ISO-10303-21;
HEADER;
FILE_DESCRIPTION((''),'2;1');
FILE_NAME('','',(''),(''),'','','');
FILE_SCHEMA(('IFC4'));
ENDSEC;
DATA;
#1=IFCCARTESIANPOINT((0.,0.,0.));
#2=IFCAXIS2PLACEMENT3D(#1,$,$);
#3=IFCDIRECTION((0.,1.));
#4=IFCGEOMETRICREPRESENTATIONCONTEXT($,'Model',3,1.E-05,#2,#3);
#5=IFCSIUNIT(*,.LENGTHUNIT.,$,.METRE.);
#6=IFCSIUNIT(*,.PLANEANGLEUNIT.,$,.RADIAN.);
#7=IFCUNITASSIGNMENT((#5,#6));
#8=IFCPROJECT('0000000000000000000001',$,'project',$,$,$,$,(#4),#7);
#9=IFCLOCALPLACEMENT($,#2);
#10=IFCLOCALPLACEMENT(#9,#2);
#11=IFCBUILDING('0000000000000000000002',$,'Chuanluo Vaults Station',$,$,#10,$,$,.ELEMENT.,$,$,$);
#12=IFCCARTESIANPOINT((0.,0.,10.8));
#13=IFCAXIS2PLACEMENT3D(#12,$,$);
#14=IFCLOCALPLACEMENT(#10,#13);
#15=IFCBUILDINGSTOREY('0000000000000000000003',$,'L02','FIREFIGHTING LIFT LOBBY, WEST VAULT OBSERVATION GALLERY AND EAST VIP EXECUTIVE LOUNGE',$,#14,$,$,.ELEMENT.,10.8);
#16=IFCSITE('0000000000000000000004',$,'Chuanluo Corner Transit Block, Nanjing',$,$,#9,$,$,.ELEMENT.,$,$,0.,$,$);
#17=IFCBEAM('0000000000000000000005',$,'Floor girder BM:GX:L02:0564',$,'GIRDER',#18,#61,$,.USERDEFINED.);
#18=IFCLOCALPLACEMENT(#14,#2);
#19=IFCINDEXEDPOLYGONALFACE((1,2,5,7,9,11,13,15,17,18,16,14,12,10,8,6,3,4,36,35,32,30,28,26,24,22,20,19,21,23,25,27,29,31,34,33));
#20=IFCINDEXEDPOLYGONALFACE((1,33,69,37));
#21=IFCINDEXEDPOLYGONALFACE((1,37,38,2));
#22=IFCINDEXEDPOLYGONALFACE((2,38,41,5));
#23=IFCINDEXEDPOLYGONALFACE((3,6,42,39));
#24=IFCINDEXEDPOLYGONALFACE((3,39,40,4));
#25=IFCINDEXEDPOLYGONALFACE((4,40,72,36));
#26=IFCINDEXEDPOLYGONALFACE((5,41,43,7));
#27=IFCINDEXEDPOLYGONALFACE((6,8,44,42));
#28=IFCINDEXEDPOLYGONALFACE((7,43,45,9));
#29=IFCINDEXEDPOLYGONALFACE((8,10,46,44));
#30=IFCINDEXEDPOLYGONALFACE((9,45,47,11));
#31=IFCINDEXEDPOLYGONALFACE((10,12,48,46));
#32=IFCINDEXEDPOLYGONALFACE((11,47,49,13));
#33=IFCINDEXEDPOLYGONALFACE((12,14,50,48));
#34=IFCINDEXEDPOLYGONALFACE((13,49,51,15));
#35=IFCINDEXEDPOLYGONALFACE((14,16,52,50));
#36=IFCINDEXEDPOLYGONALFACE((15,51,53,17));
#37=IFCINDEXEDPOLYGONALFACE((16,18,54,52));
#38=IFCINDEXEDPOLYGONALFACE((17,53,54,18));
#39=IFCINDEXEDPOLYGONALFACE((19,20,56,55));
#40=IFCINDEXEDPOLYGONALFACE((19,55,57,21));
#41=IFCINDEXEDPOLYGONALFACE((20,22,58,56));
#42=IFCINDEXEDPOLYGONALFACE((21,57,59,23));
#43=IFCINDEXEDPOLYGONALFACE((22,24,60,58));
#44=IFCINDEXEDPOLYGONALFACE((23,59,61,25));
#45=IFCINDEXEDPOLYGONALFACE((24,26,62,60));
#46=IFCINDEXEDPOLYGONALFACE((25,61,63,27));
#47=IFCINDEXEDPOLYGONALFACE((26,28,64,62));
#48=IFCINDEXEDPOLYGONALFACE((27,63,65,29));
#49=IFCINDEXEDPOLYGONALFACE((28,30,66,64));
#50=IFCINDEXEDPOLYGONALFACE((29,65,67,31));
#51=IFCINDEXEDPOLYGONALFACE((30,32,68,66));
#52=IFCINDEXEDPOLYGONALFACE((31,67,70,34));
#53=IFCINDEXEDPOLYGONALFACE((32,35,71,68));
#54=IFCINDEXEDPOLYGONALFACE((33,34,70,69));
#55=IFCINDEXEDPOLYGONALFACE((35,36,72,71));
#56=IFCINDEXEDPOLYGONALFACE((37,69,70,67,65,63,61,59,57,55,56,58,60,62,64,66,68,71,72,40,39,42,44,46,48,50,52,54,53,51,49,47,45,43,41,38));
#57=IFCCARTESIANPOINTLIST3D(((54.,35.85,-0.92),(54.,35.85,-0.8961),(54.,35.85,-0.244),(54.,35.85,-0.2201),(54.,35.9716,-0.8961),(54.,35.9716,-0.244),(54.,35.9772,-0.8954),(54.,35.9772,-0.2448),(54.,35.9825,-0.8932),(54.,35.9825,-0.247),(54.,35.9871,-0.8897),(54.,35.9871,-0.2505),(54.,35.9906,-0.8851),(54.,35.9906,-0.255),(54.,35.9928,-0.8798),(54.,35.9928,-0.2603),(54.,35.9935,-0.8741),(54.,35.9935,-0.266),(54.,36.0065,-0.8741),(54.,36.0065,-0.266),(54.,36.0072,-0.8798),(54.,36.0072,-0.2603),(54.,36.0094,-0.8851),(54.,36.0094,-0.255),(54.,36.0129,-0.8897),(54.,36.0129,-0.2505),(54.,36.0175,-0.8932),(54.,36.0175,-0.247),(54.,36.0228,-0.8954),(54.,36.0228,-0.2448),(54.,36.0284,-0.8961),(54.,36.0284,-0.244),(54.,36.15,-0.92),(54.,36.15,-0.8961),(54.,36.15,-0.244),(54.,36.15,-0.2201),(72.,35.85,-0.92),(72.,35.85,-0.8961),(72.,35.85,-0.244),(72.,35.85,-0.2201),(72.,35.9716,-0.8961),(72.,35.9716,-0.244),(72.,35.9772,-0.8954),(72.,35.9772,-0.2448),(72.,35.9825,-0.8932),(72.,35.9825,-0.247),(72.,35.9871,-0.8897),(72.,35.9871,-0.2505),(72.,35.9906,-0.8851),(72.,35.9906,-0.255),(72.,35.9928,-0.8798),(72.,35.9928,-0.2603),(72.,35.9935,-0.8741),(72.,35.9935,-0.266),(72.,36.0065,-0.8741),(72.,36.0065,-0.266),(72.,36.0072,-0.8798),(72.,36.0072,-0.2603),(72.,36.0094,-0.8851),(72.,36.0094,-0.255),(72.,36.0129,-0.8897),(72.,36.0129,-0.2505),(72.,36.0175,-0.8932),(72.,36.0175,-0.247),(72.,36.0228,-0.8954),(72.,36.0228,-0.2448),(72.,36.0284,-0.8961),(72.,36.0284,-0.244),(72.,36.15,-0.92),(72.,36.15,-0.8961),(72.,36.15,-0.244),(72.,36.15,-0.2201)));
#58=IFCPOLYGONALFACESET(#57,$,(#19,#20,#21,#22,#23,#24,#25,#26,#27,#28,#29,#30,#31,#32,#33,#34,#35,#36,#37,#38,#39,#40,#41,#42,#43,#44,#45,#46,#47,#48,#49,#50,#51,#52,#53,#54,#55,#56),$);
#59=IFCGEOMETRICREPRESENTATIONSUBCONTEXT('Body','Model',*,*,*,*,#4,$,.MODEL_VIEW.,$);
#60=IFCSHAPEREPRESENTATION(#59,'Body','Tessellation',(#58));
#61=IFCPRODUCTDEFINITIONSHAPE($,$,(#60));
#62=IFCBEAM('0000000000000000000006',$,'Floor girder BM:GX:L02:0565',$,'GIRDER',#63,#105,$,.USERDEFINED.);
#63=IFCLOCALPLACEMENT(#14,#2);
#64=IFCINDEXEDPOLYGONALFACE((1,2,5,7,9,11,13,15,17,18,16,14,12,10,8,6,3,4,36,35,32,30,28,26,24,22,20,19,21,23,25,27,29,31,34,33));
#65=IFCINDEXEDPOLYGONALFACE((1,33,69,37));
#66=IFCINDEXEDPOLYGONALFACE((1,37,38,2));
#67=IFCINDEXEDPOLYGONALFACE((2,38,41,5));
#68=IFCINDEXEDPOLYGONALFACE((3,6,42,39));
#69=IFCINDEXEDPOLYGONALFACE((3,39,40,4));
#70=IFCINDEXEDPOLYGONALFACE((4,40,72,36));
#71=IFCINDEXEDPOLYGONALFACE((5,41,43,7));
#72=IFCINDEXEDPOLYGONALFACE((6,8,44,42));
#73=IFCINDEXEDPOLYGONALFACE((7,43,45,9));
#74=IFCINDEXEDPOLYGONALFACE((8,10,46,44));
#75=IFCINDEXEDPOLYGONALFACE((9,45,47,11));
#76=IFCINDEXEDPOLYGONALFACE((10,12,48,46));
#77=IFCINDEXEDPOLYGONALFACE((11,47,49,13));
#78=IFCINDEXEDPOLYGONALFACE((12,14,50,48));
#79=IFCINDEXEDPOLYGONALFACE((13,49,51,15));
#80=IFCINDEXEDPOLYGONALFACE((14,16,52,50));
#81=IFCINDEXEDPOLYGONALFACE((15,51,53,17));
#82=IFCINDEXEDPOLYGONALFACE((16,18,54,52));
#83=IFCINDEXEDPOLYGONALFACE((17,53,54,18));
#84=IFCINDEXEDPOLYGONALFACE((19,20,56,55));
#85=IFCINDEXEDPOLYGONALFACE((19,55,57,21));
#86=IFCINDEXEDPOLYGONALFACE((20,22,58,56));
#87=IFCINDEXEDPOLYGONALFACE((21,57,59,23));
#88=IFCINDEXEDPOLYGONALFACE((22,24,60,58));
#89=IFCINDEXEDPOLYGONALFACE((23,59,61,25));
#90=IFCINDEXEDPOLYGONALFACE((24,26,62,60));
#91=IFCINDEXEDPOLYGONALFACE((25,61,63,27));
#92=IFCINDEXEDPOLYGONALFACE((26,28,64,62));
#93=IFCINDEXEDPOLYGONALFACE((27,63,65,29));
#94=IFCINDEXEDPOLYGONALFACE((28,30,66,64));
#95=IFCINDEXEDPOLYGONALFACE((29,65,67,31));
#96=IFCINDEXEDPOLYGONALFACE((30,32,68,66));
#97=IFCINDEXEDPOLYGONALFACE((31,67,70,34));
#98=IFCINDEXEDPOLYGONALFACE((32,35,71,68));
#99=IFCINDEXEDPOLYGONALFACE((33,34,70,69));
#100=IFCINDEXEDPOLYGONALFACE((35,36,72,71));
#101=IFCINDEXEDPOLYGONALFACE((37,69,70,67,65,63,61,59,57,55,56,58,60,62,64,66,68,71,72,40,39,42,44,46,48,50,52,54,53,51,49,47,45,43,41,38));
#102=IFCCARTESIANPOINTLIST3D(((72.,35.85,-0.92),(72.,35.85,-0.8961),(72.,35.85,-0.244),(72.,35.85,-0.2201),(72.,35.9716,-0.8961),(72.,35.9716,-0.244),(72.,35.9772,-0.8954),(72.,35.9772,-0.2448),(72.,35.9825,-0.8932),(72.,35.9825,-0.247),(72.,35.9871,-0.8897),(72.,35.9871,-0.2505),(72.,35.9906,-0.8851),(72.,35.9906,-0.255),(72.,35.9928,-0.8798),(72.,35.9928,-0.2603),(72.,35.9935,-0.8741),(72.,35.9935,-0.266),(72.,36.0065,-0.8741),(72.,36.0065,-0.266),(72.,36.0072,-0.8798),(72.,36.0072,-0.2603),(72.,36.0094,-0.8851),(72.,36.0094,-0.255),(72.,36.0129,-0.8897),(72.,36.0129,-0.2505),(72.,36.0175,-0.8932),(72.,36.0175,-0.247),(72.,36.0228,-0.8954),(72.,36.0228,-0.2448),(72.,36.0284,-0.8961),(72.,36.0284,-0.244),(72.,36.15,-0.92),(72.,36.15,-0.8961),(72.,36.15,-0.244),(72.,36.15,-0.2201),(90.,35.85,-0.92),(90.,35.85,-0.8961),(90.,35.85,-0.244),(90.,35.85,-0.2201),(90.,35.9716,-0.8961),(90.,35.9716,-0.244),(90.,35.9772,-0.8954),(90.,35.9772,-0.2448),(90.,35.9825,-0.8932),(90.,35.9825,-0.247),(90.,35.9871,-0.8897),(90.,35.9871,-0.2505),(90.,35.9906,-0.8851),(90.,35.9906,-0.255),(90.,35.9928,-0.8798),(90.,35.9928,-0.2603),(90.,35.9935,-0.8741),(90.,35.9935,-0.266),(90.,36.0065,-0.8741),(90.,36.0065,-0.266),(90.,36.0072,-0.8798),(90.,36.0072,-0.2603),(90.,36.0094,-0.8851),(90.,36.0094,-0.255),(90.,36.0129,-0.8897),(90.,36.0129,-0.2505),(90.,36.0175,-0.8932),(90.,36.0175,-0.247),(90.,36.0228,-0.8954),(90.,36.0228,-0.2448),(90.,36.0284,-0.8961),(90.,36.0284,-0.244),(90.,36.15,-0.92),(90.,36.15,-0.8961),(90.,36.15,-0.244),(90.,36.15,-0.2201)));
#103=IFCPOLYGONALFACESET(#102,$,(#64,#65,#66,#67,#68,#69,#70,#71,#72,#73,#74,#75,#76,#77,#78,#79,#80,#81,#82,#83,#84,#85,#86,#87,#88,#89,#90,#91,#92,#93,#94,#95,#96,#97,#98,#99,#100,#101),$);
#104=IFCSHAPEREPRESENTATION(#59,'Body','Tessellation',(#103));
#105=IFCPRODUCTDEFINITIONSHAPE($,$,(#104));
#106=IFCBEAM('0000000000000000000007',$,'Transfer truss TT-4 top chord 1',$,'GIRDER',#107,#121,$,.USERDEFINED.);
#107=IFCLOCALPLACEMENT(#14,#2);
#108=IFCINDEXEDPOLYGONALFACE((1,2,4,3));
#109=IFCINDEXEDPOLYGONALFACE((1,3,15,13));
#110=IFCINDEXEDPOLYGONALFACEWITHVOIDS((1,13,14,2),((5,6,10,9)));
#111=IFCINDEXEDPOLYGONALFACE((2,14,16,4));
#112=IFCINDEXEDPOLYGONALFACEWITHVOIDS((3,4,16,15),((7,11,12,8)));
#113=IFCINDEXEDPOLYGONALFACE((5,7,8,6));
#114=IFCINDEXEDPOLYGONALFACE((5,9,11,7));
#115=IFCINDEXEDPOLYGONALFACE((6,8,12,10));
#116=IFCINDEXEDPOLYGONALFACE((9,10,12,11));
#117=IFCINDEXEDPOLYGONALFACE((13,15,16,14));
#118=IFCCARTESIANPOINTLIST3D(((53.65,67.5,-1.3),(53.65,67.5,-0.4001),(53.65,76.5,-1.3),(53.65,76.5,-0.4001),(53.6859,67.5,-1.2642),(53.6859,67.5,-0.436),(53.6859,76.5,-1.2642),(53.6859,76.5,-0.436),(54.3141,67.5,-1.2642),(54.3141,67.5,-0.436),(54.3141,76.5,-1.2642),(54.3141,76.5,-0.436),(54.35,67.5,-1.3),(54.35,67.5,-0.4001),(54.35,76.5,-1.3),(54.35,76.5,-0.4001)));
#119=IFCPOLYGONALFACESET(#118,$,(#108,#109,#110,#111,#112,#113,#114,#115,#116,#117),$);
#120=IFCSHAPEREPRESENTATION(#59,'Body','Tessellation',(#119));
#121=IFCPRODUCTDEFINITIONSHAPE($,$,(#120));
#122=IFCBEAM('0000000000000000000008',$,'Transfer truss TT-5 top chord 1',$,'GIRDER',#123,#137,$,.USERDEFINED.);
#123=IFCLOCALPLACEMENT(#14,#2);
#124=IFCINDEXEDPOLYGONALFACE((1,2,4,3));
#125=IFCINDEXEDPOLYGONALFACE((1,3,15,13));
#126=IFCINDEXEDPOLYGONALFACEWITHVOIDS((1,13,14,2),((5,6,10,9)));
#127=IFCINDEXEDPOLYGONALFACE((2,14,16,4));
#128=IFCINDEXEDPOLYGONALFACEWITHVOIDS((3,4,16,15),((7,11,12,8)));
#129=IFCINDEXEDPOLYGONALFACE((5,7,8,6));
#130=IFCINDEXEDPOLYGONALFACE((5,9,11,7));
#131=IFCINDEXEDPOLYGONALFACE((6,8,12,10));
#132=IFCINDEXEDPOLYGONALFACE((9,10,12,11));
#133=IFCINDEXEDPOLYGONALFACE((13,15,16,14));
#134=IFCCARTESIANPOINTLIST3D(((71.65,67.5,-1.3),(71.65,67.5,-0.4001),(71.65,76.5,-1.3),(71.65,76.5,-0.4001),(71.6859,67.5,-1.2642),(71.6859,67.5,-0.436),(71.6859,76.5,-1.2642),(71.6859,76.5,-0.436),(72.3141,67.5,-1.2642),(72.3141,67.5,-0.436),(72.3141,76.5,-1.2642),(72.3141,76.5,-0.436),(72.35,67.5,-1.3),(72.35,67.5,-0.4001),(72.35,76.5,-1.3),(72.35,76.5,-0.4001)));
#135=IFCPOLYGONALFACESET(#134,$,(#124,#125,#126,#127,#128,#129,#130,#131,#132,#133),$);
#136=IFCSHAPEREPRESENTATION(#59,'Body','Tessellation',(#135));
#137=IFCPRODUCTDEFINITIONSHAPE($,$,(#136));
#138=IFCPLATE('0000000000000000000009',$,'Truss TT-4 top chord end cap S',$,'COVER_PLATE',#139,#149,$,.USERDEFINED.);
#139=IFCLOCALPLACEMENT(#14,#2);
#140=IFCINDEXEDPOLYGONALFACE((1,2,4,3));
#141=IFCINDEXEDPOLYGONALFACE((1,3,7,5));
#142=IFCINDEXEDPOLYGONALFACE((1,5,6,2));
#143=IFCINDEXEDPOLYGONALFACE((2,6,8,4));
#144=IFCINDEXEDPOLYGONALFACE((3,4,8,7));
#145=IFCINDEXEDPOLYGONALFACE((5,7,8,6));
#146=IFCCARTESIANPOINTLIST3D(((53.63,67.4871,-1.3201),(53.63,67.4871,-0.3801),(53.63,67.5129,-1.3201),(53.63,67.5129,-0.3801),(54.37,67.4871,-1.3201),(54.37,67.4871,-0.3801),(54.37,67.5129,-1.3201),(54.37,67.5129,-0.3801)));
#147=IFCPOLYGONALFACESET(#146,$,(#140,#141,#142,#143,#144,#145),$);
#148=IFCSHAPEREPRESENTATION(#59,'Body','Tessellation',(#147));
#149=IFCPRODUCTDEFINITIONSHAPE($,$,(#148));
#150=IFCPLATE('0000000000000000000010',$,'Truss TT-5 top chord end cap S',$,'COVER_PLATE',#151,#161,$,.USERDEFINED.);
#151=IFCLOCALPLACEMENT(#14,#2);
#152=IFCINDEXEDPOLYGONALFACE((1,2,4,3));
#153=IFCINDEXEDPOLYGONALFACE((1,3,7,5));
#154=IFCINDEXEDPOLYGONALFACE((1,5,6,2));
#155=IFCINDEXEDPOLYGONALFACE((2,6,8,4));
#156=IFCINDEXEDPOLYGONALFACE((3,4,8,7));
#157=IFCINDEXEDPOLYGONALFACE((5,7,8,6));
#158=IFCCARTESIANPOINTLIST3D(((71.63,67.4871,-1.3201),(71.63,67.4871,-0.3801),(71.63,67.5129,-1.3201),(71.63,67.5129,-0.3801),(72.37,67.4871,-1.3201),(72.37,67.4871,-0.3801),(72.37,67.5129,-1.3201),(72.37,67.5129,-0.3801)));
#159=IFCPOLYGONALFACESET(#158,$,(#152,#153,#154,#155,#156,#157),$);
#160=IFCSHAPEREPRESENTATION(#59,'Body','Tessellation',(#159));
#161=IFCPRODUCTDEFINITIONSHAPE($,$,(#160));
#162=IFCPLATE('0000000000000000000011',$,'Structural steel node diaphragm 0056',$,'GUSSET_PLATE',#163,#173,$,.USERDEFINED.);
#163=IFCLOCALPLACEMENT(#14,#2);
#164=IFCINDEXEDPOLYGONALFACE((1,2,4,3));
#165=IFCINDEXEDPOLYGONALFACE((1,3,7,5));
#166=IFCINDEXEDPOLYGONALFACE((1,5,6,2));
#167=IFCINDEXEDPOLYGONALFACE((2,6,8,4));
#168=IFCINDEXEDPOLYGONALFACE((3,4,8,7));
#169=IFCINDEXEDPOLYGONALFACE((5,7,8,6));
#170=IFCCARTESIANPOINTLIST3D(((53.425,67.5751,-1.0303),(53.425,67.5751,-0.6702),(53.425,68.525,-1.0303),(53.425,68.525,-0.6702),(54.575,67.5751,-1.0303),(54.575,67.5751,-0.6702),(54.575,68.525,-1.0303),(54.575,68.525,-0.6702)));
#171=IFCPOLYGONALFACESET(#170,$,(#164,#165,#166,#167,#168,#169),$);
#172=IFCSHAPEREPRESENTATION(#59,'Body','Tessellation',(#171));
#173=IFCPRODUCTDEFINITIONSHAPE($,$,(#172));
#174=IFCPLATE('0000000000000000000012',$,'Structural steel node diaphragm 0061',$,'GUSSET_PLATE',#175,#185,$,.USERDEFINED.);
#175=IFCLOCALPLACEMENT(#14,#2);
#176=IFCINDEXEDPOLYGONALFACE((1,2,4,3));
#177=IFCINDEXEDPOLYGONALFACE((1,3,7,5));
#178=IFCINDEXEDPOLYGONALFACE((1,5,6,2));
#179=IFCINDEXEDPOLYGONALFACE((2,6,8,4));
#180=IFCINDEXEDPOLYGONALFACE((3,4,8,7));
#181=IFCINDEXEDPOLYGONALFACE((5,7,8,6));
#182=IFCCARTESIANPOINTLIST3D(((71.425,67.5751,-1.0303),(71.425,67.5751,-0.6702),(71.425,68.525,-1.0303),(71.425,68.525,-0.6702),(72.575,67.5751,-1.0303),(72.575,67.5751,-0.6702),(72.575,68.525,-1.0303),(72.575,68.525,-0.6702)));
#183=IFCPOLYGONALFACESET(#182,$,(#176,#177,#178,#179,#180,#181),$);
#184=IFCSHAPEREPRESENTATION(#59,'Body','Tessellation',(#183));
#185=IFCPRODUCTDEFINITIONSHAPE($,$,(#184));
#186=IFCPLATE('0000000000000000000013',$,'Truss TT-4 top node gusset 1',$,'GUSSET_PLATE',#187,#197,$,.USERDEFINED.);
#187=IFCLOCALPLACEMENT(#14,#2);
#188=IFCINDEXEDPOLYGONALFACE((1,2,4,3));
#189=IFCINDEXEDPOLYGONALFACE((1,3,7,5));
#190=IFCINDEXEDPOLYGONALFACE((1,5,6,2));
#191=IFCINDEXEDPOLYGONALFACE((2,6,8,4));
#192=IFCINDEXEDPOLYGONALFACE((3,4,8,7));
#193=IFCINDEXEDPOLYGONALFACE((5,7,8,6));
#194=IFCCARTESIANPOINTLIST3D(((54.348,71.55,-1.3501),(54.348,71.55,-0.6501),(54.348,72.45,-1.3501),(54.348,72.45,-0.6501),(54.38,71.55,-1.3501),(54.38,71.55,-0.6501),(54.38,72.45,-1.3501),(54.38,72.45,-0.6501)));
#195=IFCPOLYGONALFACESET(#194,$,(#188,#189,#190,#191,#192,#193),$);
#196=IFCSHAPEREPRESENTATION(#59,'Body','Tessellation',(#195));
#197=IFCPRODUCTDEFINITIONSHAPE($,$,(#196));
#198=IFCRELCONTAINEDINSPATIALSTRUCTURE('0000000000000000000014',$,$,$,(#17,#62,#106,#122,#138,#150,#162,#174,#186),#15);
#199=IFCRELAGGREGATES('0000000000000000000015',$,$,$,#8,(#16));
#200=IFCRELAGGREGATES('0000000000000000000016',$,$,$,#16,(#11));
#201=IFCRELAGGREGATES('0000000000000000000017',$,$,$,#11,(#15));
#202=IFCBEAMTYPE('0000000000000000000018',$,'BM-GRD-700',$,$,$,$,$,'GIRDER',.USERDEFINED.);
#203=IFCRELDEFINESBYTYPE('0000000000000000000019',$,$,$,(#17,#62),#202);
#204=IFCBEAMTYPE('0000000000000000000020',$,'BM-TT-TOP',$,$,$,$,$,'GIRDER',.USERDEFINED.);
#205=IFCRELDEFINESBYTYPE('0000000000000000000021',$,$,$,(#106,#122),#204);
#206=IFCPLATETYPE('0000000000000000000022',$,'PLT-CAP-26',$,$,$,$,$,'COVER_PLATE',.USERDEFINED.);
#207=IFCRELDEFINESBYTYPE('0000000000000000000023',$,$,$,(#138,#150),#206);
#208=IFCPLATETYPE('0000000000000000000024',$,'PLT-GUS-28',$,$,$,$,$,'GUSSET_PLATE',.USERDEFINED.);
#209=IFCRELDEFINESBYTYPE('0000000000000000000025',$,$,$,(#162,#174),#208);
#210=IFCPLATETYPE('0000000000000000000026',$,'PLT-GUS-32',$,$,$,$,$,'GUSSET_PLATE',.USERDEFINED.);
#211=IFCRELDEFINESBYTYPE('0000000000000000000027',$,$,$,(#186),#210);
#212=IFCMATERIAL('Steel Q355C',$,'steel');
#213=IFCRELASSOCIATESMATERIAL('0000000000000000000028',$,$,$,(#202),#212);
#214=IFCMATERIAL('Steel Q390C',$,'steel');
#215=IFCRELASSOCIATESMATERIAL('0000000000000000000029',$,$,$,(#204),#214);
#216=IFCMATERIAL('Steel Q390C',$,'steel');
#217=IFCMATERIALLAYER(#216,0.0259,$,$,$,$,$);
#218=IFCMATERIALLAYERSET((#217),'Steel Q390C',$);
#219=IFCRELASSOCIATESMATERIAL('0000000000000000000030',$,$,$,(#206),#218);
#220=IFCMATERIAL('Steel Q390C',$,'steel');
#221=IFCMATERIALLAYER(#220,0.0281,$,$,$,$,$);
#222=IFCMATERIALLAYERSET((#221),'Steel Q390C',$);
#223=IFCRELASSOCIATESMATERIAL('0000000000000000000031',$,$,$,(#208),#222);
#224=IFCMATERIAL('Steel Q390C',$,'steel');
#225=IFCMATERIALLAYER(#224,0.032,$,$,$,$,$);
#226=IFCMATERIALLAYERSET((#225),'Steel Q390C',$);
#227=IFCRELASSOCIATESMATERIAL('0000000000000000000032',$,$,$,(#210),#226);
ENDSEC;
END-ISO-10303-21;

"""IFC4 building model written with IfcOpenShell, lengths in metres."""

from ifc_helpers import new_model, si_unit, direction, frame, origin, origin_2d, place, context, subcontext, project, spatial, rectangle, hollow_rectangle, i_section, extrude, material, layer, layer_set, material_profile, profile_set, type_object, element, save


model = new_model("IFC4")

# Units and contexts
model_context = context("Model", 3, precision=1e-05, world=origin(), true_north=direction((0.0, 1.0)))
body_context = subcontext(model_context, "Body", "Model", "MODEL_VIEW")
ifc_project = project(units=[si_unit("LENGTHUNIT", "METRE"), si_unit("PLANEANGLEUNIT", "RADIAN")], contexts=[model_context])

# Site, building, storey
site_placement = place(None, origin())
site = spatial("IfcSite", under=ifc_project, at=site_placement, Name="Chuanluo Corner Transit Block, Nanjing", CompositionType="ELEMENT", RefElevation=0.0)
building_placement = place(site_placement, origin())
building = spatial("IfcBuilding", under=site, at=building_placement, Name="Chuanluo Vaults Station", CompositionType="ELEMENT")
storey_placement = place(building_placement, frame((0.0, 0.0, 10.8)))
storey = spatial("IfcBuildingStorey", under=building, at=storey_placement, Name="L02", Description="FIREFIGHTING LIFT LOBBY, WEST VAULT OBSERVATION GALLERY AND EAST VIP EXECUTIVE LOUNGE", CompositionType="ELEMENT", Elevation=10.8)

# Beams
ifc_material_1 = material(Name="Steel Q355C", Category="steel")
ifc_material_profile_1 = material_profile(ifc_material_1, i_section(OverallWidth=0.3, OverallDepth=0.7, WebThickness=0.0129, FlangeThickness=0.0239, FilletRadius=0.022, at=origin_2d()))
ifc_profile_set_1 = profile_set([ifc_material_profile_1], Name="Steel Q355C")
beam_type_1 = type_object("IfcBeamType", Name="BM-GRD-700", ElementType="GIRDER", PredefinedType="USERDEFINED", material=ifc_profile_set_1)
for number, where, z_axis, x_axis, name in (
    (1, (54.0, 36.0, -0.5701), (1.0, 0.0, 0.0), (0.0, 1.0, 0.0), "Floor girder BM:GX:L02:0564"),
    (2, (72.0, 36.0, -0.5701), (1.0, 0.0, 0.0), (0.0, 1.0, 0.0), "Floor girder BM:GX:L02:0565"),
):
    element("IfcBeam", number, at=place(storey_placement, frame(where, z_axis=z_axis, x_axis=x_axis)), inside=storey, type_object=beam_type_1, Name=name, ObjectType="GIRDER", PredefinedType="USERDEFINED", context=body_context, shape_type="SweptSolid", body=[
        extrude(i_section(OverallWidth=0.3, OverallDepth=0.7, WebThickness=0.0129, FlangeThickness=0.0239, FilletRadius=0.022, at=origin_2d()), origin(), (0.0, 0.0, 1.0), 18.0),
    ])
ifc_material_2 = material(Name="Steel Q390C", Category="steel")
ifc_material_profile_2 = material_profile(ifc_material_2, hollow_rectangle(XDim=0.7, YDim=0.8999, WallThickness=0.0359, at=origin_2d()))
ifc_profile_set_2 = profile_set([ifc_material_profile_2], Name="Steel Q390C")
beam_type_2 = type_object("IfcBeamType", Name="BM-TT-TOP", ElementType="GIRDER", PredefinedType="USERDEFINED", material=ifc_profile_set_2)
for number, where, z_axis, x_axis, name in (
    (3, (54.0, 67.5, -0.8501), (0.0, 1.0, 0.0), (-1.0, 0.0, 0.0), "Transfer truss TT-4 top chord 1"),
    (4, (72.0, 67.5, -0.8501), (0.0, 1.0, 0.0), (-1.0, 0.0, 0.0), "Transfer truss TT-5 top chord 1"),
):
    element("IfcBeam", number, at=place(storey_placement, frame(where, z_axis=z_axis, x_axis=x_axis)), inside=storey, type_object=beam_type_2, Name=name, ObjectType="GIRDER", PredefinedType="USERDEFINED", context=body_context, shape_type="SweptSolid", body=[
        extrude(hollow_rectangle(XDim=0.7, YDim=0.8999, WallThickness=0.0359, at=origin_2d()), origin(), (0.0, 0.0, 1.0), 9.0),
    ])

# Plates
ifc_material_3 = material(Name="Steel Q390C", Category="steel")
ifc_layer_1 = layer(ifc_material_3, 0.0259)
ifc_layer_set_1 = layer_set([ifc_layer_1], Name="Steel Q390C")
plate_type_1 = type_object("IfcPlateType", Name="PLT-CAP-26", ElementType="COVER_PLATE", PredefinedType="USERDEFINED", material=ifc_layer_set_1)
for number, where, z_axis, x_axis, name in (
    (5, (54.0, 67.5, -1.3201), (0.0, 0.0, 1.0), (1.0, 0.0, 0.0), "Truss TT-4 top chord end cap S"),
    (6, (72.0, 67.5, -1.3201), (0.0, 0.0, 1.0), (1.0, 0.0, 0.0), "Truss TT-5 top chord end cap S"),
):
    element("IfcPlate", number, at=place(storey_placement, frame(where, z_axis=z_axis, x_axis=x_axis)), inside=storey, type_object=plate_type_1, Name=name, ObjectType="COVER_PLATE", PredefinedType="USERDEFINED", context=body_context, shape_type="SweptSolid", body=[
        extrude(rectangle(XDim=0.74, YDim=0.0259, at=origin_2d()), origin(), (0.0, 0.0, 1.0), 0.9399),
    ])
ifc_material_4 = material(Name="Steel Q390C", Category="steel")
ifc_layer_2 = layer(ifc_material_4, 0.0281)
ifc_layer_set_2 = layer_set([ifc_layer_2], Name="Steel Q390C")
plate_type_2 = type_object("IfcPlateType", Name="PLT-GUS-28", ElementType="GUSSET_PLATE", PredefinedType="USERDEFINED", material=ifc_layer_set_2)
for number, where, z_axis, x_axis, name in (
    (7, (54.0, 68.05, -1.0303), (0.0, 0.0, 1.0), (1.0, 0.0, 0.0), "Structural steel node diaphragm 0056"),
    (8, (72.0, 68.05, -1.0303), (0.0, 0.0, 1.0), (1.0, 0.0, 0.0), "Structural steel node diaphragm 0061"),
):
    element("IfcPlate", number, at=place(storey_placement, frame(where, z_axis=z_axis, x_axis=x_axis)), inside=storey, type_object=plate_type_2, Name=name, ObjectType="GUSSET_PLATE", PredefinedType="USERDEFINED", context=body_context, shape_type="SweptSolid", body=[
        extrude(rectangle(XDim=1.1499, YDim=0.95, at=origin_2d()), origin(), (0.0, 0.0, 1.0), 0.3601),
    ])
ifc_material_5 = material(Name="Steel Q390C", Category="steel")
ifc_layer_3 = layer(ifc_material_5, 0.032)
ifc_layer_set_3 = layer_set([ifc_layer_3], Name="Steel Q390C")
plate_type_3 = type_object("IfcPlateType", Name="PLT-GUS-32", ElementType="GUSSET_PLATE", PredefinedType="USERDEFINED", material=ifc_layer_set_3)
for number, where, z_axis, x_axis, name in (
    (9, (54.364, 72.0, -1.3501), (0.0, 0.0, 1.0), (1.0, 0.0, 0.0), "Truss TT-4 top node gusset 1"),
):
    element("IfcPlate", number, at=place(storey_placement, frame(where, z_axis=z_axis, x_axis=x_axis)), inside=storey, type_object=plate_type_3, Name=name, ObjectType="GUSSET_PLATE", PredefinedType="USERDEFINED", context=body_context, shape_type="SweptSolid", body=[
        extrude(rectangle(XDim=0.032, YDim=0.8999, at=origin_2d()), origin(), (0.0, 0.0, 1.0), 0.7),
    ])

save(model, "model.ifc")
